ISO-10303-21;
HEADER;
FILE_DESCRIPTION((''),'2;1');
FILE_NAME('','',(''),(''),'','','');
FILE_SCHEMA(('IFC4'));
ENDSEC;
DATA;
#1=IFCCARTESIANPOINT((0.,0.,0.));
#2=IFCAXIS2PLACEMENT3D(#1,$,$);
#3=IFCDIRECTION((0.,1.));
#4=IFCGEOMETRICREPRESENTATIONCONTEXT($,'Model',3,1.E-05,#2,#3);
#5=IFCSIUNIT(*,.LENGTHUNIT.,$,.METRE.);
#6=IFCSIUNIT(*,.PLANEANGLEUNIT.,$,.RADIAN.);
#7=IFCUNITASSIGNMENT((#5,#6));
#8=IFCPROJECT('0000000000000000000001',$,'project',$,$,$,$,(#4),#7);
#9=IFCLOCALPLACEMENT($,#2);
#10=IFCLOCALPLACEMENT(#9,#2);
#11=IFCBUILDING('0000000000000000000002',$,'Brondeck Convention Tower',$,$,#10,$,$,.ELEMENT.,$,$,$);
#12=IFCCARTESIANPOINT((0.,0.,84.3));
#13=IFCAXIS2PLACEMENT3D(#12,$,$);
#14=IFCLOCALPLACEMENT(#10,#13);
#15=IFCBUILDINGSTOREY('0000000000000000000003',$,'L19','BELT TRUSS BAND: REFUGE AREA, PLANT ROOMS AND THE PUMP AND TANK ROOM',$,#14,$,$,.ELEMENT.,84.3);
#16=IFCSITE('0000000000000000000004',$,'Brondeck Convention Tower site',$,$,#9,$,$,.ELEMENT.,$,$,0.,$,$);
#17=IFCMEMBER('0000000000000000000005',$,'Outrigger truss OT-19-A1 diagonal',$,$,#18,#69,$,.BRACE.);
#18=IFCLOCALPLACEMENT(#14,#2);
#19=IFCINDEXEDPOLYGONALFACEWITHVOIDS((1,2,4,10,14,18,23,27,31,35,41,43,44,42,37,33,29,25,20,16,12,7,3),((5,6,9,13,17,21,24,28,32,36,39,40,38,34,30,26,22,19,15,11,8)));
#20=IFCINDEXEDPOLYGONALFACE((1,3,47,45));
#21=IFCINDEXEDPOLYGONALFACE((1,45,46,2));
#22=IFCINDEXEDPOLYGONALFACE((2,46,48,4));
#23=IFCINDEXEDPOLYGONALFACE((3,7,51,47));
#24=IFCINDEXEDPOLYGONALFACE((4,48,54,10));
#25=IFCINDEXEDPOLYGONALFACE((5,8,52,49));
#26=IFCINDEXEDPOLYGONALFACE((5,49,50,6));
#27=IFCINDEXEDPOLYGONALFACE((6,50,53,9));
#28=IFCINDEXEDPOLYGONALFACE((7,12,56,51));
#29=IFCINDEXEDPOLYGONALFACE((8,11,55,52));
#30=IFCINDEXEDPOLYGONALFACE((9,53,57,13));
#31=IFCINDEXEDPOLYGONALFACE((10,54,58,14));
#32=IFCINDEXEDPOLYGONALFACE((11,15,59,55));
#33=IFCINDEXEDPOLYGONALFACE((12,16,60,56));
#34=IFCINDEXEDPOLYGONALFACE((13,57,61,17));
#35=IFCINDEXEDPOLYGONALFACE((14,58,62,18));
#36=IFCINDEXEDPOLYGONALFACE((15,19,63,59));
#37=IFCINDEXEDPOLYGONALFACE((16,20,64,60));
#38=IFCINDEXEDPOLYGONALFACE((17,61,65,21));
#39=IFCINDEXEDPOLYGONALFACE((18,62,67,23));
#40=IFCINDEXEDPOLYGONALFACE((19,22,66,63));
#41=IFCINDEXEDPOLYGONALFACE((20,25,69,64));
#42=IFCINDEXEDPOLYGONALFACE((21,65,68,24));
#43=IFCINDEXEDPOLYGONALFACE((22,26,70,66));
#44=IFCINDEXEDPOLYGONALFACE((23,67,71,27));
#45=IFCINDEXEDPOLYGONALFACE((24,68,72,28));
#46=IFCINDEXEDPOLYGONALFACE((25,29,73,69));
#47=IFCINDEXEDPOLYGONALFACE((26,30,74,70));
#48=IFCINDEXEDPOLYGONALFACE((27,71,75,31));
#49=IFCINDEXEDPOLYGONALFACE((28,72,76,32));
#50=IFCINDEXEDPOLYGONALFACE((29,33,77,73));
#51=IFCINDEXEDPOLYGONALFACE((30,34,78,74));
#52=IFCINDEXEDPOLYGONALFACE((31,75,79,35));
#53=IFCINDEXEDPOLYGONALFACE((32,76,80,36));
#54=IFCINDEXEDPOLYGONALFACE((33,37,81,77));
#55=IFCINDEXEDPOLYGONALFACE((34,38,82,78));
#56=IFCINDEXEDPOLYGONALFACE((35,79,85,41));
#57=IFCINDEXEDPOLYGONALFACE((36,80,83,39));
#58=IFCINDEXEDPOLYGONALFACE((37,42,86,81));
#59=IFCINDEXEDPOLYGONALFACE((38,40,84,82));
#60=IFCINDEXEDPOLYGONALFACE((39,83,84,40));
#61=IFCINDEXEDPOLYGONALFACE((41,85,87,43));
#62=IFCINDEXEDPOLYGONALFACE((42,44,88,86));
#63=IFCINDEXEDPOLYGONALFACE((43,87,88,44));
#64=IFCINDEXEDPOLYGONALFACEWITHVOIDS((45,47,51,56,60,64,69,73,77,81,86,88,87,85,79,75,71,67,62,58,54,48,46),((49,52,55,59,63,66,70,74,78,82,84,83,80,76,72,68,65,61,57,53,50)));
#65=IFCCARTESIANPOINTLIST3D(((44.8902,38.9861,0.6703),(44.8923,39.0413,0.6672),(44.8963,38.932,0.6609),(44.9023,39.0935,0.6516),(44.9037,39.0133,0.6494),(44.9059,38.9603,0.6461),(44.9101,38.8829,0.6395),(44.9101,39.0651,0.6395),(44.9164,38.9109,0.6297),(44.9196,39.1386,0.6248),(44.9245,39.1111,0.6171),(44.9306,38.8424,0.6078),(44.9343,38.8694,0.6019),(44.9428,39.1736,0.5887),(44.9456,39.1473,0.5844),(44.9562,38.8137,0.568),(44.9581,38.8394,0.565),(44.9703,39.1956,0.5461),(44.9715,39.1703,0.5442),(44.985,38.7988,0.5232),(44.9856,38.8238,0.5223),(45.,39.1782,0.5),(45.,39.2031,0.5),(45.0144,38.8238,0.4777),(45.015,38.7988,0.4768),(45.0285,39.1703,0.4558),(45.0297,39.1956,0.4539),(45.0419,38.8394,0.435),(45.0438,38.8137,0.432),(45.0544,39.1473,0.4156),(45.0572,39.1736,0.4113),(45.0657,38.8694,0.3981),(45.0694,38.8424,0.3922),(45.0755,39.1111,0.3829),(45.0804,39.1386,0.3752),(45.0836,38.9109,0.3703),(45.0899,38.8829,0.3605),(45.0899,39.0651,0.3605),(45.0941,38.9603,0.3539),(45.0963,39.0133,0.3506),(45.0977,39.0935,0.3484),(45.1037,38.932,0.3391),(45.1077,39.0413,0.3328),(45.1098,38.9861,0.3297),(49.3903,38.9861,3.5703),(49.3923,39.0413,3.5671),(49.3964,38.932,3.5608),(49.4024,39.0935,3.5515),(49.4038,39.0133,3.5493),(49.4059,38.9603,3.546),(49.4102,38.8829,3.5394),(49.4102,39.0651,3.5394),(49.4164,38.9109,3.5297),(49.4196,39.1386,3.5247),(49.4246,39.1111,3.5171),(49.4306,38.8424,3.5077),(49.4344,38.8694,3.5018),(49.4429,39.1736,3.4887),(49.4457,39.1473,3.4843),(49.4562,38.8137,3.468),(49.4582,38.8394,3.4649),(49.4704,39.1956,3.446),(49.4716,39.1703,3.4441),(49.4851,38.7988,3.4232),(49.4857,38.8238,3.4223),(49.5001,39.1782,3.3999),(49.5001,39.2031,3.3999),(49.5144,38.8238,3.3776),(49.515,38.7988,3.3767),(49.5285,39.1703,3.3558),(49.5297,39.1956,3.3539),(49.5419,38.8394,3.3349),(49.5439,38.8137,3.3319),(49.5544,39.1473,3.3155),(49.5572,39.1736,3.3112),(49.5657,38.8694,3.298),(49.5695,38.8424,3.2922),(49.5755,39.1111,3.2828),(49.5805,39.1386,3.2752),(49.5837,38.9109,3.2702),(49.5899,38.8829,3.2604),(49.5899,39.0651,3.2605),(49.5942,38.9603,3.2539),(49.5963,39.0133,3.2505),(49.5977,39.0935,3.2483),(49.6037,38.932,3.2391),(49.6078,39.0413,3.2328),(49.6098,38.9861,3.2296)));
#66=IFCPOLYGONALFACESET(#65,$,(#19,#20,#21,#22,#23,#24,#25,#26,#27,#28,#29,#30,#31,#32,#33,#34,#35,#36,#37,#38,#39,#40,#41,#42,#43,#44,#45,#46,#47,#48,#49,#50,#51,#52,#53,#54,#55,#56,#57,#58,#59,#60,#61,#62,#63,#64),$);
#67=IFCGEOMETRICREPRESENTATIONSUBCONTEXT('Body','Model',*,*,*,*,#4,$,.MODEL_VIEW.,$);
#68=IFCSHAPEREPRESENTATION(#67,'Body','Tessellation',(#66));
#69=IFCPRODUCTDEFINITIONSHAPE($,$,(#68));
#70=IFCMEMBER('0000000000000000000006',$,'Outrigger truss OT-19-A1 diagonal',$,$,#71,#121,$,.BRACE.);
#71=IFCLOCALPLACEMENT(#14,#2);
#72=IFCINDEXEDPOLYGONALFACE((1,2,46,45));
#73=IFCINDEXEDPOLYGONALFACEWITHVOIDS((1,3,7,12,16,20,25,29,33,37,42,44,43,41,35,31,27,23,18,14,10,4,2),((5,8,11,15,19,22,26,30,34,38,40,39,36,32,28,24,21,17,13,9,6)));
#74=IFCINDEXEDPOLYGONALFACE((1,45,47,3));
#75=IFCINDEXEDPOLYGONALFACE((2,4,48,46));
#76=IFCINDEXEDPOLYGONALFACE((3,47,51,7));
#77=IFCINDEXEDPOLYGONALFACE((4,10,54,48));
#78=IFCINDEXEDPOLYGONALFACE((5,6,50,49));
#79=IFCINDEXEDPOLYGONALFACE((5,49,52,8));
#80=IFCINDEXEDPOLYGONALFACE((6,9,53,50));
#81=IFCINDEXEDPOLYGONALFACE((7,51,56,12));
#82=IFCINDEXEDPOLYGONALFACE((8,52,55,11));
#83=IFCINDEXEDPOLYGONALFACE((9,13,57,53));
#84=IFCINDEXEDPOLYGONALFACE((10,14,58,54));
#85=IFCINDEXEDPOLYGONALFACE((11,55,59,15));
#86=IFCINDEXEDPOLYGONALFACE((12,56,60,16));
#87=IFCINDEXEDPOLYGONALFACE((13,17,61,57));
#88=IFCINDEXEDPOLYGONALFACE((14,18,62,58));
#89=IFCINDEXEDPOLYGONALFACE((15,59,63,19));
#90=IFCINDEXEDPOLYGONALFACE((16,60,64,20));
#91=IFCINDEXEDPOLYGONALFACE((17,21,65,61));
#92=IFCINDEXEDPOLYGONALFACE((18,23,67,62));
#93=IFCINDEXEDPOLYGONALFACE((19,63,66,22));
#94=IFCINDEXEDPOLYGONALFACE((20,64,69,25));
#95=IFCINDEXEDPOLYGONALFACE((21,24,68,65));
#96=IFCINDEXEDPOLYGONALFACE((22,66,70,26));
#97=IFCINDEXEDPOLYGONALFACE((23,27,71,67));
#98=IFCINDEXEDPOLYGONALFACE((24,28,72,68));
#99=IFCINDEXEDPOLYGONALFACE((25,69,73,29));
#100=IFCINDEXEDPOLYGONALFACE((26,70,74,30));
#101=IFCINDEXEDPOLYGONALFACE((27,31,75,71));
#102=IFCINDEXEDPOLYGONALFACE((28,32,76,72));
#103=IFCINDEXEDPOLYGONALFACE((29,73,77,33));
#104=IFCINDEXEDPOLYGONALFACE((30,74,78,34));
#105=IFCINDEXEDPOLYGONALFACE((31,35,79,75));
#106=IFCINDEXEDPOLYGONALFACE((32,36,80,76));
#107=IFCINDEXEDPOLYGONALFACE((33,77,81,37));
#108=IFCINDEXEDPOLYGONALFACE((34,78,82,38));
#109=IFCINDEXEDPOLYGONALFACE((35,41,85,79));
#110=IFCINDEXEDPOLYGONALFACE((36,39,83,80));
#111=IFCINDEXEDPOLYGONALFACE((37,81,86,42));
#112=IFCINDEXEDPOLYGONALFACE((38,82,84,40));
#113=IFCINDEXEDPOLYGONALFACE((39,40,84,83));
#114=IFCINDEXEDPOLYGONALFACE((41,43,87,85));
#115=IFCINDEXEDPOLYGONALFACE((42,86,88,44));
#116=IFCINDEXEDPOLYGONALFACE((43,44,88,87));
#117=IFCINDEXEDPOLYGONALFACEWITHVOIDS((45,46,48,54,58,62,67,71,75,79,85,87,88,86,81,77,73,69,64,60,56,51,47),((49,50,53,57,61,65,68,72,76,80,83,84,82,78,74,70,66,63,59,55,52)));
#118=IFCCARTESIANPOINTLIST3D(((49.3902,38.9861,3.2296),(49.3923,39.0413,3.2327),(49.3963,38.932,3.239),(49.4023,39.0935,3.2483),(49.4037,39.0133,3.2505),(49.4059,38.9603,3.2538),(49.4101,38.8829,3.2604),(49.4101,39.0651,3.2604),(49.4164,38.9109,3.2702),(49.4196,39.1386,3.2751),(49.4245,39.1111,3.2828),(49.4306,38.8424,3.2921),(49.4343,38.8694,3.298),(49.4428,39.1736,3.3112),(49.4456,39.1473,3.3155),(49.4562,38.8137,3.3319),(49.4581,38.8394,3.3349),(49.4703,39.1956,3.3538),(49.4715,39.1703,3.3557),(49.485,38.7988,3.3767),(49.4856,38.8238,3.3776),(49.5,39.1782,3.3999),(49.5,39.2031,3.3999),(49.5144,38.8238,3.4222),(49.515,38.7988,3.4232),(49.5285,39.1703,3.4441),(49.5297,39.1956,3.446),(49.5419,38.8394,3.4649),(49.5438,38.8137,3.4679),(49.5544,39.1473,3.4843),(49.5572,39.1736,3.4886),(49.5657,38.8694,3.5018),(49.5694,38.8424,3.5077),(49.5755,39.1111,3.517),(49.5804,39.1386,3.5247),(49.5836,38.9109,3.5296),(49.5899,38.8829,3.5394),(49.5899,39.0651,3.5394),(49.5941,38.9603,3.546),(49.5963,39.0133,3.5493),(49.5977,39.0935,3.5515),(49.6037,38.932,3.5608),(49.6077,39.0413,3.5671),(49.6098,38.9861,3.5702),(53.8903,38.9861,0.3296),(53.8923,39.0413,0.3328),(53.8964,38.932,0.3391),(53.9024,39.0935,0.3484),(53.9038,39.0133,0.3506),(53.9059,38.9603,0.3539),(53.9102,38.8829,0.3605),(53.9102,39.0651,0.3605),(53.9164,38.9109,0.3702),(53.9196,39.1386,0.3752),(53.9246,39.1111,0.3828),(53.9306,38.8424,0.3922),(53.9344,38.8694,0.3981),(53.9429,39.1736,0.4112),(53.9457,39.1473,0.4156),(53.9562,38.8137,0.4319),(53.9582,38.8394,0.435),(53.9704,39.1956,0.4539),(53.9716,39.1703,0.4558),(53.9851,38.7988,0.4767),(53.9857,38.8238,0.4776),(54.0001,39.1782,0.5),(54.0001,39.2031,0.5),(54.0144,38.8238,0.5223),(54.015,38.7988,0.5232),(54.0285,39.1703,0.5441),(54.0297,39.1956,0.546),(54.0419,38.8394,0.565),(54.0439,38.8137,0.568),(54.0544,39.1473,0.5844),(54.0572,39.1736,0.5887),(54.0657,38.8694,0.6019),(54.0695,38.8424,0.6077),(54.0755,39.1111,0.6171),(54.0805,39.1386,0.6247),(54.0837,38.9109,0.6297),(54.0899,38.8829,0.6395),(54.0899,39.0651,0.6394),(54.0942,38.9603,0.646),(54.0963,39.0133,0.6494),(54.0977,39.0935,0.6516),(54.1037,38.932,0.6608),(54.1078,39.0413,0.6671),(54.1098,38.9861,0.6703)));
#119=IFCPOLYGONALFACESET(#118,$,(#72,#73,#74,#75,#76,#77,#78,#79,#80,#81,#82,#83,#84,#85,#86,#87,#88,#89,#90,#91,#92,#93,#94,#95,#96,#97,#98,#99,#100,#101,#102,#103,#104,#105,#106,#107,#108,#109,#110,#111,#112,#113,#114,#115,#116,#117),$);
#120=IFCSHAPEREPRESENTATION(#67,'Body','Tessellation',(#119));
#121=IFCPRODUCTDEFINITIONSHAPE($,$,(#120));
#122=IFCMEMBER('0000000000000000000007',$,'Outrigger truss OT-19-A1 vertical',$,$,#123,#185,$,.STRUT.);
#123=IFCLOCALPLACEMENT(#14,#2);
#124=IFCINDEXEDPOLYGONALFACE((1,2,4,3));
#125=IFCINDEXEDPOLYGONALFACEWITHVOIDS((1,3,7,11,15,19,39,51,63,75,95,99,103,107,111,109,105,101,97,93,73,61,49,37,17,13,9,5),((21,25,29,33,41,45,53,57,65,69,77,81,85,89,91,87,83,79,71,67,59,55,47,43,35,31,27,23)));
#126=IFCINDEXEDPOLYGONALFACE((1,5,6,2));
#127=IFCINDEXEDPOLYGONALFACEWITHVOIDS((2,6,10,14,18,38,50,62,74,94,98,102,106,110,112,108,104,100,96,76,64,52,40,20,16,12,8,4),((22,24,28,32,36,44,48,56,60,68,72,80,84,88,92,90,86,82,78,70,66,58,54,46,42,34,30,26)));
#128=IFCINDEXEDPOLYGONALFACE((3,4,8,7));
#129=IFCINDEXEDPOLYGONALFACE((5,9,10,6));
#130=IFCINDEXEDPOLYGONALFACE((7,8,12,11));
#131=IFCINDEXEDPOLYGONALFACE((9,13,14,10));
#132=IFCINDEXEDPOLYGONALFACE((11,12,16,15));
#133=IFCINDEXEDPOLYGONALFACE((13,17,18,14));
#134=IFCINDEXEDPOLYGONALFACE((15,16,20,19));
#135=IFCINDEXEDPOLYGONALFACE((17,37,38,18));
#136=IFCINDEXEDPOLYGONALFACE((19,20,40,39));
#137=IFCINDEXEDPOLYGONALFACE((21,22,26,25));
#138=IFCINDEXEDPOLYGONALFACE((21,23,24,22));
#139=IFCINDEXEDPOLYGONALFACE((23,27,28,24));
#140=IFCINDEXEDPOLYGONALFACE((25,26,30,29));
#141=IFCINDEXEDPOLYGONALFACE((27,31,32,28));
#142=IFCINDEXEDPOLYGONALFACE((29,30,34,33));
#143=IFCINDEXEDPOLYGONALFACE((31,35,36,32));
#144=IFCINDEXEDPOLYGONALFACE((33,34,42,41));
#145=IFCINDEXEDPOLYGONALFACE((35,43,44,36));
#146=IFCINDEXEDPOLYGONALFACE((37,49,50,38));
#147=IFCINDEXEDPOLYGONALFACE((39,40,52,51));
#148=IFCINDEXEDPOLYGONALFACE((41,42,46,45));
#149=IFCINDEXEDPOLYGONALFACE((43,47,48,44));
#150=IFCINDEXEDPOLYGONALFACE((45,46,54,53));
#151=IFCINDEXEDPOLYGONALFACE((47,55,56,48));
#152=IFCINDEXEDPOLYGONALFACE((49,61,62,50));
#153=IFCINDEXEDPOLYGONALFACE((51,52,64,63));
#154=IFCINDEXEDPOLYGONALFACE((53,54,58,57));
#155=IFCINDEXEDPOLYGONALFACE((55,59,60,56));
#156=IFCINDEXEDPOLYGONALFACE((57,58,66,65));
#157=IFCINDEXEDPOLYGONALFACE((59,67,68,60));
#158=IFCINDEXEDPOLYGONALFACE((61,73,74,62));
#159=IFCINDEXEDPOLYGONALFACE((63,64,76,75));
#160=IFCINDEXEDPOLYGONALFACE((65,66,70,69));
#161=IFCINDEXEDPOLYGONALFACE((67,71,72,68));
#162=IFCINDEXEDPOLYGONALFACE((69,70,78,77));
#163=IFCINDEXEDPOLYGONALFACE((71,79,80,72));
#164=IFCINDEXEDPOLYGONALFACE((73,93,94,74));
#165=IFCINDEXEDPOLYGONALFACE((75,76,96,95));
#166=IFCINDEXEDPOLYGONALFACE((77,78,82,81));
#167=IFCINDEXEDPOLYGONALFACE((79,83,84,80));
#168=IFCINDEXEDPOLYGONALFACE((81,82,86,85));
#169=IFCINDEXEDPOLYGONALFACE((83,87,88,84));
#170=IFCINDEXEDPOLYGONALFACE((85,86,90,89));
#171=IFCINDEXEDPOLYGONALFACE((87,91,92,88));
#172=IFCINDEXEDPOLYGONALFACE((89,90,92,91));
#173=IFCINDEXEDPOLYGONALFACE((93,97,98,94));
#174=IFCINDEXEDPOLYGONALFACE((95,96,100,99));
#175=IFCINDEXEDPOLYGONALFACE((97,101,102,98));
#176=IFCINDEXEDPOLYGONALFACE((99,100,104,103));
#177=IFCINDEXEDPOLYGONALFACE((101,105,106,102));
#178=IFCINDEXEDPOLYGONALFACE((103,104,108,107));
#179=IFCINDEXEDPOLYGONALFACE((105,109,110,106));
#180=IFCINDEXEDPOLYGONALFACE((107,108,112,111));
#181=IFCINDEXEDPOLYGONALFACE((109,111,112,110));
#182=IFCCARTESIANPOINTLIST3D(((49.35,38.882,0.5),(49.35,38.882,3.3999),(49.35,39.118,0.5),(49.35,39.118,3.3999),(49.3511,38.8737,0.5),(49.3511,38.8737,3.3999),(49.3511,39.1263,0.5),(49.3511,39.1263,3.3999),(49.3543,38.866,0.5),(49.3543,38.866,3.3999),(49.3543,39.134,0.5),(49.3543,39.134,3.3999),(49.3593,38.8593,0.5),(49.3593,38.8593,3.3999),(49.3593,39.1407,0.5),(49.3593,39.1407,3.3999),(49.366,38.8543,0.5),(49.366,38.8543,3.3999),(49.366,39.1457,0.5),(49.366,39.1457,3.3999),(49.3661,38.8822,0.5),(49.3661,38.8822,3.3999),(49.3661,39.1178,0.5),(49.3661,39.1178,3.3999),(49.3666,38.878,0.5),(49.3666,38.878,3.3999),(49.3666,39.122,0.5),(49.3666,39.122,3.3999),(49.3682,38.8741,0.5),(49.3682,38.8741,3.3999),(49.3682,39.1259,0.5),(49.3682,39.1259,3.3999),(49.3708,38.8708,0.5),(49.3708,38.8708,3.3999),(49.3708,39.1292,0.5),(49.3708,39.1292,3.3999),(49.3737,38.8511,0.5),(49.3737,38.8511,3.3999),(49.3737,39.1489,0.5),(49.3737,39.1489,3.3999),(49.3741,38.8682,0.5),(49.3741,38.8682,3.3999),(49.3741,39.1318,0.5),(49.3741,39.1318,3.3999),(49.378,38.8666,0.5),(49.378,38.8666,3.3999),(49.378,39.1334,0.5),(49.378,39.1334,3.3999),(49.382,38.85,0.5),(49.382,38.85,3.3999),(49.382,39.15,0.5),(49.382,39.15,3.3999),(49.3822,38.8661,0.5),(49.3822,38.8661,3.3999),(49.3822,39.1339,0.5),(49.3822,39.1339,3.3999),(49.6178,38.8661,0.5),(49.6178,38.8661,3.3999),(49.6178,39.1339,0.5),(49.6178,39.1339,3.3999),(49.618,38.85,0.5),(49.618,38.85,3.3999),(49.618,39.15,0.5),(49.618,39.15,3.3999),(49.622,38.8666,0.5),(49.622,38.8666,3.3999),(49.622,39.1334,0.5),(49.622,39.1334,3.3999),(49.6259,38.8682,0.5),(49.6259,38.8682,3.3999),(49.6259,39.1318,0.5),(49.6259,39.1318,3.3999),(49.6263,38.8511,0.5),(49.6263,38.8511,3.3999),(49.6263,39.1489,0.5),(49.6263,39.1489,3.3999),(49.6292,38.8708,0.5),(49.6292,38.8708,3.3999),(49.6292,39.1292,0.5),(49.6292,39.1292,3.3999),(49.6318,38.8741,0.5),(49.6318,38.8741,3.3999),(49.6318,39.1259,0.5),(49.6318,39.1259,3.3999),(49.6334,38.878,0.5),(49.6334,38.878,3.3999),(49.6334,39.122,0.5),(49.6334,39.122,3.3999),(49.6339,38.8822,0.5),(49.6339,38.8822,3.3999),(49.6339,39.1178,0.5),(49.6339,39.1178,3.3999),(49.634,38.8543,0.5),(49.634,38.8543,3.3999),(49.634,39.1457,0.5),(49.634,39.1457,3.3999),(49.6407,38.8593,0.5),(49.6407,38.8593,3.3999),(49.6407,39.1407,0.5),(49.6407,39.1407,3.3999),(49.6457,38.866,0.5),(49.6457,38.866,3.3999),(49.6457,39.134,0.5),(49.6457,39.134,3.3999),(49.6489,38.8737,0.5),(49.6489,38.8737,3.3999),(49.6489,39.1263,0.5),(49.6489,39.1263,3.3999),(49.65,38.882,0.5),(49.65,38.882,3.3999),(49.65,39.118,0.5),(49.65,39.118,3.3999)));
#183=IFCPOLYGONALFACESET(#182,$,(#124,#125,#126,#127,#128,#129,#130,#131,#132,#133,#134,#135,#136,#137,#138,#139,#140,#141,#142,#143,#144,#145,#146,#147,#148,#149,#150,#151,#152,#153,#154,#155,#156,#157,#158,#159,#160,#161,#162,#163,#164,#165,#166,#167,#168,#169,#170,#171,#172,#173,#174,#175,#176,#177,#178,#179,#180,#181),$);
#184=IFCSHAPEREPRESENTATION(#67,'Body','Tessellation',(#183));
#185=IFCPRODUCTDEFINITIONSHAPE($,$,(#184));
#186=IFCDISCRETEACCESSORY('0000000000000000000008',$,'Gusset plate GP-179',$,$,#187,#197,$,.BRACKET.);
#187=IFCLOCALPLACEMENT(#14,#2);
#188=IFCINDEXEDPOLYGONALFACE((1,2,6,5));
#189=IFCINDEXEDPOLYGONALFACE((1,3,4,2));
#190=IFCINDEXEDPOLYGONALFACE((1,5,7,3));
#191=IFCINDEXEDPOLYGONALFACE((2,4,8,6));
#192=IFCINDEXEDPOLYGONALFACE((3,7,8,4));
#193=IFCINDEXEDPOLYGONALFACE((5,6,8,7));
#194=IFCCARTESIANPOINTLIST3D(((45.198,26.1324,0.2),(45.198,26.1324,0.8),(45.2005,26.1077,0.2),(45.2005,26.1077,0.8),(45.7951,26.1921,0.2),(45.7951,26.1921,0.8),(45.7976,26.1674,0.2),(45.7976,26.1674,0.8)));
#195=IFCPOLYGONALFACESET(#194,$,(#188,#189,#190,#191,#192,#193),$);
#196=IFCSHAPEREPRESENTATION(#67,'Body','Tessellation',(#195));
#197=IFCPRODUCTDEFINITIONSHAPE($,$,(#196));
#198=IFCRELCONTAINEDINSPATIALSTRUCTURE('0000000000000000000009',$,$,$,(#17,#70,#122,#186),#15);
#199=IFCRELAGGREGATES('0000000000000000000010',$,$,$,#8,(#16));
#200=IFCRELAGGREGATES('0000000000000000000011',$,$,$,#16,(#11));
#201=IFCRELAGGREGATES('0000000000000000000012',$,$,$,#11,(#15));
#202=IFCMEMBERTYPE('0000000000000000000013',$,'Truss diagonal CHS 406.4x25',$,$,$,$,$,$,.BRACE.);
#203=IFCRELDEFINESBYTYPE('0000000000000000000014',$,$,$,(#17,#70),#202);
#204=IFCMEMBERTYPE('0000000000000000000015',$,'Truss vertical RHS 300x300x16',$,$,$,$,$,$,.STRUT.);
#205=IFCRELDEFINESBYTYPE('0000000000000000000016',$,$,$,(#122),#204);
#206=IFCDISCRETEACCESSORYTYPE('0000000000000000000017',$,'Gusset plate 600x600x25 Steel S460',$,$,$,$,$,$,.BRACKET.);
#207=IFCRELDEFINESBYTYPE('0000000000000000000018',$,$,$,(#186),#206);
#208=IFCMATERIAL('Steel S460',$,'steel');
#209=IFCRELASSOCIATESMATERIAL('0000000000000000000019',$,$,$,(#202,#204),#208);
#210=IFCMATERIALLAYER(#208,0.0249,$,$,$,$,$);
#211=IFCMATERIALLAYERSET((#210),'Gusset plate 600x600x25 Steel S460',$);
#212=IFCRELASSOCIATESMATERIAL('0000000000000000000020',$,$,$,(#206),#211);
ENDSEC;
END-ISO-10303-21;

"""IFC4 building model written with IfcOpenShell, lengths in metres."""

from ifc_helpers import new_model, si_unit, direction, frame, origin, origin_2d, place, context, subcontext, project, spatial, rectangle, hollow_rectangle, hollow_circle, extrude, material, layer, layer_set, material_profile, profile_set, type_object, element, save


model = new_model("IFC4")

# Units and contexts
model_context = context("Model", 3, precision=1e-05, world=origin(), true_north=direction((0.0, 1.0)))
body_context = subcontext(model_context, "Body", "Model", "MODEL_VIEW")
ifc_project = project(units=[si_unit("LENGTHUNIT", "METRE"), si_unit("PLANEANGLEUNIT", "RADIAN")], contexts=[model_context])

# Site, building, storey
site_placement = place(None, origin())
site = spatial("IfcSite", under=ifc_project, at=site_placement, Name="Brondeck Convention Tower site", CompositionType="ELEMENT", RefElevation=0.0)
building_placement = place(site_placement, origin())
building = spatial("IfcBuilding", under=site, at=building_placement, Name="Brondeck Convention Tower", CompositionType="ELEMENT")
storey_placement = place(building_placement, frame((0.0, 0.0, 84.3)))
storey = spatial("IfcBuildingStorey", under=building, at=storey_placement, Name="L19", Description="BELT TRUSS BAND: REFUGE AREA, PLANT ROOMS AND THE PUMP AND TANK ROOM", CompositionType="ELEMENT", Elevation=84.3)

# Shared definitions
ifc_material_1 = material(Name="Steel S460", Category="steel")

# Members
ifc_material_profile_1 = material_profile(ifc_material_1, hollow_circle(Radius=0.2031, WallThickness=0.0249, at=origin_2d()), Name="CHS 406.4x25")
ifc_profile_set_1 = profile_set([ifc_material_profile_1], Name="Steel S460")
member_type_1 = type_object("IfcMemberType", Name="Truss diagonal CHS 406.4x25", PredefinedType="BRACE", material=ifc_profile_set_1)
for number, where, z_axis, x_axis, name in (
    (1, (45.0, 39.0, 0.5), (0.840579, 0.0, 0.541688), (0.0, 1.0, 0.0), "Outrigger truss OT-19-A1 diagonal"),
    (2, (49.5, 39.0, 3.3999), (0.840579, 0.0, -0.541688), (0.0, 1.0, 0.0), "Outrigger truss OT-19-A1 diagonal"),
):
    element("IfcMember", number, at=place(storey_placement, frame(where, z_axis=z_axis, x_axis=x_axis)), inside=storey, type_object=member_type_1, Name=name, PredefinedType="BRACE", context=body_context, shape_type="SweptSolid", body=[
        extrude(hollow_circle(Radius=0.2031, WallThickness=0.0249, at=origin_2d()), origin(), (0.0, 0.0, 1.0), 5.3535),
    ])
ifc_material_profile_2 = material_profile(ifc_material_1, hollow_rectangle(XDim=0.3, YDim=0.3, WallThickness=0.0161, InnerFilletRadius=0.0161, OuterFilletRadius=0.032, at=origin_2d()), Name="RHS 300x300x16")
ifc_profile_set_2 = profile_set([ifc_material_profile_2], Name="Steel S460")
member_type_2 = type_object("IfcMemberType", Name="Truss vertical RHS 300x300x16", PredefinedType="STRUT", material=ifc_profile_set_2)
member_1_placement = place(storey_placement, frame((49.5, 39.0, 0.5), z_axis=(0.0, 0.0, 1.0), x_axis=(1.0, 0.0, 0.0)))
element("IfcMember", 3, at=member_1_placement, inside=storey, type_object=member_type_2, Name="Outrigger truss OT-19-A1 vertical", PredefinedType="STRUT", context=body_context, shape_type="SweptSolid", body=[
    extrude(hollow_rectangle(XDim=0.3, YDim=0.3, WallThickness=0.0161, InnerFilletRadius=0.0161, OuterFilletRadius=0.032, at=origin_2d()), origin(), (0.0, 0.0, 1.0), 2.8999),
])

# Discrete accessory
ifc_layer = layer(ifc_material_1, 0.0249)
ifc_layer_set = layer_set([ifc_layer], Name="Gusset plate 600x600x25 Steel S460")
discrete_accessory_type = type_object("IfcDiscreteAccessoryType", Name="Gusset plate 600x600x25 Steel S460", PredefinedType="BRACKET", material=ifc_layer_set)
for number, where, z_axis, x_axis, name in (
    (4, (45.4978, 26.1499, 0.2), (0.0, 0.0, 1.0), (0.995036, 0.099511, 0.0), "Gusset plate GP-179"),
):
    element("IfcDiscreteAccessory", number, at=place(storey_placement, frame(where, z_axis=z_axis, x_axis=x_axis)), inside=storey, type_object=discrete_accessory_type, Name=name, PredefinedType="BRACKET", context=body_context, shape_type="SweptSolid", body=[
        extrude(rectangle(XDim=0.6001, YDim=0.0249, at=origin_2d()), origin(), (0.0, 0.0, 1.0), 0.6001),
    ])

save(model, "model.ifc")
